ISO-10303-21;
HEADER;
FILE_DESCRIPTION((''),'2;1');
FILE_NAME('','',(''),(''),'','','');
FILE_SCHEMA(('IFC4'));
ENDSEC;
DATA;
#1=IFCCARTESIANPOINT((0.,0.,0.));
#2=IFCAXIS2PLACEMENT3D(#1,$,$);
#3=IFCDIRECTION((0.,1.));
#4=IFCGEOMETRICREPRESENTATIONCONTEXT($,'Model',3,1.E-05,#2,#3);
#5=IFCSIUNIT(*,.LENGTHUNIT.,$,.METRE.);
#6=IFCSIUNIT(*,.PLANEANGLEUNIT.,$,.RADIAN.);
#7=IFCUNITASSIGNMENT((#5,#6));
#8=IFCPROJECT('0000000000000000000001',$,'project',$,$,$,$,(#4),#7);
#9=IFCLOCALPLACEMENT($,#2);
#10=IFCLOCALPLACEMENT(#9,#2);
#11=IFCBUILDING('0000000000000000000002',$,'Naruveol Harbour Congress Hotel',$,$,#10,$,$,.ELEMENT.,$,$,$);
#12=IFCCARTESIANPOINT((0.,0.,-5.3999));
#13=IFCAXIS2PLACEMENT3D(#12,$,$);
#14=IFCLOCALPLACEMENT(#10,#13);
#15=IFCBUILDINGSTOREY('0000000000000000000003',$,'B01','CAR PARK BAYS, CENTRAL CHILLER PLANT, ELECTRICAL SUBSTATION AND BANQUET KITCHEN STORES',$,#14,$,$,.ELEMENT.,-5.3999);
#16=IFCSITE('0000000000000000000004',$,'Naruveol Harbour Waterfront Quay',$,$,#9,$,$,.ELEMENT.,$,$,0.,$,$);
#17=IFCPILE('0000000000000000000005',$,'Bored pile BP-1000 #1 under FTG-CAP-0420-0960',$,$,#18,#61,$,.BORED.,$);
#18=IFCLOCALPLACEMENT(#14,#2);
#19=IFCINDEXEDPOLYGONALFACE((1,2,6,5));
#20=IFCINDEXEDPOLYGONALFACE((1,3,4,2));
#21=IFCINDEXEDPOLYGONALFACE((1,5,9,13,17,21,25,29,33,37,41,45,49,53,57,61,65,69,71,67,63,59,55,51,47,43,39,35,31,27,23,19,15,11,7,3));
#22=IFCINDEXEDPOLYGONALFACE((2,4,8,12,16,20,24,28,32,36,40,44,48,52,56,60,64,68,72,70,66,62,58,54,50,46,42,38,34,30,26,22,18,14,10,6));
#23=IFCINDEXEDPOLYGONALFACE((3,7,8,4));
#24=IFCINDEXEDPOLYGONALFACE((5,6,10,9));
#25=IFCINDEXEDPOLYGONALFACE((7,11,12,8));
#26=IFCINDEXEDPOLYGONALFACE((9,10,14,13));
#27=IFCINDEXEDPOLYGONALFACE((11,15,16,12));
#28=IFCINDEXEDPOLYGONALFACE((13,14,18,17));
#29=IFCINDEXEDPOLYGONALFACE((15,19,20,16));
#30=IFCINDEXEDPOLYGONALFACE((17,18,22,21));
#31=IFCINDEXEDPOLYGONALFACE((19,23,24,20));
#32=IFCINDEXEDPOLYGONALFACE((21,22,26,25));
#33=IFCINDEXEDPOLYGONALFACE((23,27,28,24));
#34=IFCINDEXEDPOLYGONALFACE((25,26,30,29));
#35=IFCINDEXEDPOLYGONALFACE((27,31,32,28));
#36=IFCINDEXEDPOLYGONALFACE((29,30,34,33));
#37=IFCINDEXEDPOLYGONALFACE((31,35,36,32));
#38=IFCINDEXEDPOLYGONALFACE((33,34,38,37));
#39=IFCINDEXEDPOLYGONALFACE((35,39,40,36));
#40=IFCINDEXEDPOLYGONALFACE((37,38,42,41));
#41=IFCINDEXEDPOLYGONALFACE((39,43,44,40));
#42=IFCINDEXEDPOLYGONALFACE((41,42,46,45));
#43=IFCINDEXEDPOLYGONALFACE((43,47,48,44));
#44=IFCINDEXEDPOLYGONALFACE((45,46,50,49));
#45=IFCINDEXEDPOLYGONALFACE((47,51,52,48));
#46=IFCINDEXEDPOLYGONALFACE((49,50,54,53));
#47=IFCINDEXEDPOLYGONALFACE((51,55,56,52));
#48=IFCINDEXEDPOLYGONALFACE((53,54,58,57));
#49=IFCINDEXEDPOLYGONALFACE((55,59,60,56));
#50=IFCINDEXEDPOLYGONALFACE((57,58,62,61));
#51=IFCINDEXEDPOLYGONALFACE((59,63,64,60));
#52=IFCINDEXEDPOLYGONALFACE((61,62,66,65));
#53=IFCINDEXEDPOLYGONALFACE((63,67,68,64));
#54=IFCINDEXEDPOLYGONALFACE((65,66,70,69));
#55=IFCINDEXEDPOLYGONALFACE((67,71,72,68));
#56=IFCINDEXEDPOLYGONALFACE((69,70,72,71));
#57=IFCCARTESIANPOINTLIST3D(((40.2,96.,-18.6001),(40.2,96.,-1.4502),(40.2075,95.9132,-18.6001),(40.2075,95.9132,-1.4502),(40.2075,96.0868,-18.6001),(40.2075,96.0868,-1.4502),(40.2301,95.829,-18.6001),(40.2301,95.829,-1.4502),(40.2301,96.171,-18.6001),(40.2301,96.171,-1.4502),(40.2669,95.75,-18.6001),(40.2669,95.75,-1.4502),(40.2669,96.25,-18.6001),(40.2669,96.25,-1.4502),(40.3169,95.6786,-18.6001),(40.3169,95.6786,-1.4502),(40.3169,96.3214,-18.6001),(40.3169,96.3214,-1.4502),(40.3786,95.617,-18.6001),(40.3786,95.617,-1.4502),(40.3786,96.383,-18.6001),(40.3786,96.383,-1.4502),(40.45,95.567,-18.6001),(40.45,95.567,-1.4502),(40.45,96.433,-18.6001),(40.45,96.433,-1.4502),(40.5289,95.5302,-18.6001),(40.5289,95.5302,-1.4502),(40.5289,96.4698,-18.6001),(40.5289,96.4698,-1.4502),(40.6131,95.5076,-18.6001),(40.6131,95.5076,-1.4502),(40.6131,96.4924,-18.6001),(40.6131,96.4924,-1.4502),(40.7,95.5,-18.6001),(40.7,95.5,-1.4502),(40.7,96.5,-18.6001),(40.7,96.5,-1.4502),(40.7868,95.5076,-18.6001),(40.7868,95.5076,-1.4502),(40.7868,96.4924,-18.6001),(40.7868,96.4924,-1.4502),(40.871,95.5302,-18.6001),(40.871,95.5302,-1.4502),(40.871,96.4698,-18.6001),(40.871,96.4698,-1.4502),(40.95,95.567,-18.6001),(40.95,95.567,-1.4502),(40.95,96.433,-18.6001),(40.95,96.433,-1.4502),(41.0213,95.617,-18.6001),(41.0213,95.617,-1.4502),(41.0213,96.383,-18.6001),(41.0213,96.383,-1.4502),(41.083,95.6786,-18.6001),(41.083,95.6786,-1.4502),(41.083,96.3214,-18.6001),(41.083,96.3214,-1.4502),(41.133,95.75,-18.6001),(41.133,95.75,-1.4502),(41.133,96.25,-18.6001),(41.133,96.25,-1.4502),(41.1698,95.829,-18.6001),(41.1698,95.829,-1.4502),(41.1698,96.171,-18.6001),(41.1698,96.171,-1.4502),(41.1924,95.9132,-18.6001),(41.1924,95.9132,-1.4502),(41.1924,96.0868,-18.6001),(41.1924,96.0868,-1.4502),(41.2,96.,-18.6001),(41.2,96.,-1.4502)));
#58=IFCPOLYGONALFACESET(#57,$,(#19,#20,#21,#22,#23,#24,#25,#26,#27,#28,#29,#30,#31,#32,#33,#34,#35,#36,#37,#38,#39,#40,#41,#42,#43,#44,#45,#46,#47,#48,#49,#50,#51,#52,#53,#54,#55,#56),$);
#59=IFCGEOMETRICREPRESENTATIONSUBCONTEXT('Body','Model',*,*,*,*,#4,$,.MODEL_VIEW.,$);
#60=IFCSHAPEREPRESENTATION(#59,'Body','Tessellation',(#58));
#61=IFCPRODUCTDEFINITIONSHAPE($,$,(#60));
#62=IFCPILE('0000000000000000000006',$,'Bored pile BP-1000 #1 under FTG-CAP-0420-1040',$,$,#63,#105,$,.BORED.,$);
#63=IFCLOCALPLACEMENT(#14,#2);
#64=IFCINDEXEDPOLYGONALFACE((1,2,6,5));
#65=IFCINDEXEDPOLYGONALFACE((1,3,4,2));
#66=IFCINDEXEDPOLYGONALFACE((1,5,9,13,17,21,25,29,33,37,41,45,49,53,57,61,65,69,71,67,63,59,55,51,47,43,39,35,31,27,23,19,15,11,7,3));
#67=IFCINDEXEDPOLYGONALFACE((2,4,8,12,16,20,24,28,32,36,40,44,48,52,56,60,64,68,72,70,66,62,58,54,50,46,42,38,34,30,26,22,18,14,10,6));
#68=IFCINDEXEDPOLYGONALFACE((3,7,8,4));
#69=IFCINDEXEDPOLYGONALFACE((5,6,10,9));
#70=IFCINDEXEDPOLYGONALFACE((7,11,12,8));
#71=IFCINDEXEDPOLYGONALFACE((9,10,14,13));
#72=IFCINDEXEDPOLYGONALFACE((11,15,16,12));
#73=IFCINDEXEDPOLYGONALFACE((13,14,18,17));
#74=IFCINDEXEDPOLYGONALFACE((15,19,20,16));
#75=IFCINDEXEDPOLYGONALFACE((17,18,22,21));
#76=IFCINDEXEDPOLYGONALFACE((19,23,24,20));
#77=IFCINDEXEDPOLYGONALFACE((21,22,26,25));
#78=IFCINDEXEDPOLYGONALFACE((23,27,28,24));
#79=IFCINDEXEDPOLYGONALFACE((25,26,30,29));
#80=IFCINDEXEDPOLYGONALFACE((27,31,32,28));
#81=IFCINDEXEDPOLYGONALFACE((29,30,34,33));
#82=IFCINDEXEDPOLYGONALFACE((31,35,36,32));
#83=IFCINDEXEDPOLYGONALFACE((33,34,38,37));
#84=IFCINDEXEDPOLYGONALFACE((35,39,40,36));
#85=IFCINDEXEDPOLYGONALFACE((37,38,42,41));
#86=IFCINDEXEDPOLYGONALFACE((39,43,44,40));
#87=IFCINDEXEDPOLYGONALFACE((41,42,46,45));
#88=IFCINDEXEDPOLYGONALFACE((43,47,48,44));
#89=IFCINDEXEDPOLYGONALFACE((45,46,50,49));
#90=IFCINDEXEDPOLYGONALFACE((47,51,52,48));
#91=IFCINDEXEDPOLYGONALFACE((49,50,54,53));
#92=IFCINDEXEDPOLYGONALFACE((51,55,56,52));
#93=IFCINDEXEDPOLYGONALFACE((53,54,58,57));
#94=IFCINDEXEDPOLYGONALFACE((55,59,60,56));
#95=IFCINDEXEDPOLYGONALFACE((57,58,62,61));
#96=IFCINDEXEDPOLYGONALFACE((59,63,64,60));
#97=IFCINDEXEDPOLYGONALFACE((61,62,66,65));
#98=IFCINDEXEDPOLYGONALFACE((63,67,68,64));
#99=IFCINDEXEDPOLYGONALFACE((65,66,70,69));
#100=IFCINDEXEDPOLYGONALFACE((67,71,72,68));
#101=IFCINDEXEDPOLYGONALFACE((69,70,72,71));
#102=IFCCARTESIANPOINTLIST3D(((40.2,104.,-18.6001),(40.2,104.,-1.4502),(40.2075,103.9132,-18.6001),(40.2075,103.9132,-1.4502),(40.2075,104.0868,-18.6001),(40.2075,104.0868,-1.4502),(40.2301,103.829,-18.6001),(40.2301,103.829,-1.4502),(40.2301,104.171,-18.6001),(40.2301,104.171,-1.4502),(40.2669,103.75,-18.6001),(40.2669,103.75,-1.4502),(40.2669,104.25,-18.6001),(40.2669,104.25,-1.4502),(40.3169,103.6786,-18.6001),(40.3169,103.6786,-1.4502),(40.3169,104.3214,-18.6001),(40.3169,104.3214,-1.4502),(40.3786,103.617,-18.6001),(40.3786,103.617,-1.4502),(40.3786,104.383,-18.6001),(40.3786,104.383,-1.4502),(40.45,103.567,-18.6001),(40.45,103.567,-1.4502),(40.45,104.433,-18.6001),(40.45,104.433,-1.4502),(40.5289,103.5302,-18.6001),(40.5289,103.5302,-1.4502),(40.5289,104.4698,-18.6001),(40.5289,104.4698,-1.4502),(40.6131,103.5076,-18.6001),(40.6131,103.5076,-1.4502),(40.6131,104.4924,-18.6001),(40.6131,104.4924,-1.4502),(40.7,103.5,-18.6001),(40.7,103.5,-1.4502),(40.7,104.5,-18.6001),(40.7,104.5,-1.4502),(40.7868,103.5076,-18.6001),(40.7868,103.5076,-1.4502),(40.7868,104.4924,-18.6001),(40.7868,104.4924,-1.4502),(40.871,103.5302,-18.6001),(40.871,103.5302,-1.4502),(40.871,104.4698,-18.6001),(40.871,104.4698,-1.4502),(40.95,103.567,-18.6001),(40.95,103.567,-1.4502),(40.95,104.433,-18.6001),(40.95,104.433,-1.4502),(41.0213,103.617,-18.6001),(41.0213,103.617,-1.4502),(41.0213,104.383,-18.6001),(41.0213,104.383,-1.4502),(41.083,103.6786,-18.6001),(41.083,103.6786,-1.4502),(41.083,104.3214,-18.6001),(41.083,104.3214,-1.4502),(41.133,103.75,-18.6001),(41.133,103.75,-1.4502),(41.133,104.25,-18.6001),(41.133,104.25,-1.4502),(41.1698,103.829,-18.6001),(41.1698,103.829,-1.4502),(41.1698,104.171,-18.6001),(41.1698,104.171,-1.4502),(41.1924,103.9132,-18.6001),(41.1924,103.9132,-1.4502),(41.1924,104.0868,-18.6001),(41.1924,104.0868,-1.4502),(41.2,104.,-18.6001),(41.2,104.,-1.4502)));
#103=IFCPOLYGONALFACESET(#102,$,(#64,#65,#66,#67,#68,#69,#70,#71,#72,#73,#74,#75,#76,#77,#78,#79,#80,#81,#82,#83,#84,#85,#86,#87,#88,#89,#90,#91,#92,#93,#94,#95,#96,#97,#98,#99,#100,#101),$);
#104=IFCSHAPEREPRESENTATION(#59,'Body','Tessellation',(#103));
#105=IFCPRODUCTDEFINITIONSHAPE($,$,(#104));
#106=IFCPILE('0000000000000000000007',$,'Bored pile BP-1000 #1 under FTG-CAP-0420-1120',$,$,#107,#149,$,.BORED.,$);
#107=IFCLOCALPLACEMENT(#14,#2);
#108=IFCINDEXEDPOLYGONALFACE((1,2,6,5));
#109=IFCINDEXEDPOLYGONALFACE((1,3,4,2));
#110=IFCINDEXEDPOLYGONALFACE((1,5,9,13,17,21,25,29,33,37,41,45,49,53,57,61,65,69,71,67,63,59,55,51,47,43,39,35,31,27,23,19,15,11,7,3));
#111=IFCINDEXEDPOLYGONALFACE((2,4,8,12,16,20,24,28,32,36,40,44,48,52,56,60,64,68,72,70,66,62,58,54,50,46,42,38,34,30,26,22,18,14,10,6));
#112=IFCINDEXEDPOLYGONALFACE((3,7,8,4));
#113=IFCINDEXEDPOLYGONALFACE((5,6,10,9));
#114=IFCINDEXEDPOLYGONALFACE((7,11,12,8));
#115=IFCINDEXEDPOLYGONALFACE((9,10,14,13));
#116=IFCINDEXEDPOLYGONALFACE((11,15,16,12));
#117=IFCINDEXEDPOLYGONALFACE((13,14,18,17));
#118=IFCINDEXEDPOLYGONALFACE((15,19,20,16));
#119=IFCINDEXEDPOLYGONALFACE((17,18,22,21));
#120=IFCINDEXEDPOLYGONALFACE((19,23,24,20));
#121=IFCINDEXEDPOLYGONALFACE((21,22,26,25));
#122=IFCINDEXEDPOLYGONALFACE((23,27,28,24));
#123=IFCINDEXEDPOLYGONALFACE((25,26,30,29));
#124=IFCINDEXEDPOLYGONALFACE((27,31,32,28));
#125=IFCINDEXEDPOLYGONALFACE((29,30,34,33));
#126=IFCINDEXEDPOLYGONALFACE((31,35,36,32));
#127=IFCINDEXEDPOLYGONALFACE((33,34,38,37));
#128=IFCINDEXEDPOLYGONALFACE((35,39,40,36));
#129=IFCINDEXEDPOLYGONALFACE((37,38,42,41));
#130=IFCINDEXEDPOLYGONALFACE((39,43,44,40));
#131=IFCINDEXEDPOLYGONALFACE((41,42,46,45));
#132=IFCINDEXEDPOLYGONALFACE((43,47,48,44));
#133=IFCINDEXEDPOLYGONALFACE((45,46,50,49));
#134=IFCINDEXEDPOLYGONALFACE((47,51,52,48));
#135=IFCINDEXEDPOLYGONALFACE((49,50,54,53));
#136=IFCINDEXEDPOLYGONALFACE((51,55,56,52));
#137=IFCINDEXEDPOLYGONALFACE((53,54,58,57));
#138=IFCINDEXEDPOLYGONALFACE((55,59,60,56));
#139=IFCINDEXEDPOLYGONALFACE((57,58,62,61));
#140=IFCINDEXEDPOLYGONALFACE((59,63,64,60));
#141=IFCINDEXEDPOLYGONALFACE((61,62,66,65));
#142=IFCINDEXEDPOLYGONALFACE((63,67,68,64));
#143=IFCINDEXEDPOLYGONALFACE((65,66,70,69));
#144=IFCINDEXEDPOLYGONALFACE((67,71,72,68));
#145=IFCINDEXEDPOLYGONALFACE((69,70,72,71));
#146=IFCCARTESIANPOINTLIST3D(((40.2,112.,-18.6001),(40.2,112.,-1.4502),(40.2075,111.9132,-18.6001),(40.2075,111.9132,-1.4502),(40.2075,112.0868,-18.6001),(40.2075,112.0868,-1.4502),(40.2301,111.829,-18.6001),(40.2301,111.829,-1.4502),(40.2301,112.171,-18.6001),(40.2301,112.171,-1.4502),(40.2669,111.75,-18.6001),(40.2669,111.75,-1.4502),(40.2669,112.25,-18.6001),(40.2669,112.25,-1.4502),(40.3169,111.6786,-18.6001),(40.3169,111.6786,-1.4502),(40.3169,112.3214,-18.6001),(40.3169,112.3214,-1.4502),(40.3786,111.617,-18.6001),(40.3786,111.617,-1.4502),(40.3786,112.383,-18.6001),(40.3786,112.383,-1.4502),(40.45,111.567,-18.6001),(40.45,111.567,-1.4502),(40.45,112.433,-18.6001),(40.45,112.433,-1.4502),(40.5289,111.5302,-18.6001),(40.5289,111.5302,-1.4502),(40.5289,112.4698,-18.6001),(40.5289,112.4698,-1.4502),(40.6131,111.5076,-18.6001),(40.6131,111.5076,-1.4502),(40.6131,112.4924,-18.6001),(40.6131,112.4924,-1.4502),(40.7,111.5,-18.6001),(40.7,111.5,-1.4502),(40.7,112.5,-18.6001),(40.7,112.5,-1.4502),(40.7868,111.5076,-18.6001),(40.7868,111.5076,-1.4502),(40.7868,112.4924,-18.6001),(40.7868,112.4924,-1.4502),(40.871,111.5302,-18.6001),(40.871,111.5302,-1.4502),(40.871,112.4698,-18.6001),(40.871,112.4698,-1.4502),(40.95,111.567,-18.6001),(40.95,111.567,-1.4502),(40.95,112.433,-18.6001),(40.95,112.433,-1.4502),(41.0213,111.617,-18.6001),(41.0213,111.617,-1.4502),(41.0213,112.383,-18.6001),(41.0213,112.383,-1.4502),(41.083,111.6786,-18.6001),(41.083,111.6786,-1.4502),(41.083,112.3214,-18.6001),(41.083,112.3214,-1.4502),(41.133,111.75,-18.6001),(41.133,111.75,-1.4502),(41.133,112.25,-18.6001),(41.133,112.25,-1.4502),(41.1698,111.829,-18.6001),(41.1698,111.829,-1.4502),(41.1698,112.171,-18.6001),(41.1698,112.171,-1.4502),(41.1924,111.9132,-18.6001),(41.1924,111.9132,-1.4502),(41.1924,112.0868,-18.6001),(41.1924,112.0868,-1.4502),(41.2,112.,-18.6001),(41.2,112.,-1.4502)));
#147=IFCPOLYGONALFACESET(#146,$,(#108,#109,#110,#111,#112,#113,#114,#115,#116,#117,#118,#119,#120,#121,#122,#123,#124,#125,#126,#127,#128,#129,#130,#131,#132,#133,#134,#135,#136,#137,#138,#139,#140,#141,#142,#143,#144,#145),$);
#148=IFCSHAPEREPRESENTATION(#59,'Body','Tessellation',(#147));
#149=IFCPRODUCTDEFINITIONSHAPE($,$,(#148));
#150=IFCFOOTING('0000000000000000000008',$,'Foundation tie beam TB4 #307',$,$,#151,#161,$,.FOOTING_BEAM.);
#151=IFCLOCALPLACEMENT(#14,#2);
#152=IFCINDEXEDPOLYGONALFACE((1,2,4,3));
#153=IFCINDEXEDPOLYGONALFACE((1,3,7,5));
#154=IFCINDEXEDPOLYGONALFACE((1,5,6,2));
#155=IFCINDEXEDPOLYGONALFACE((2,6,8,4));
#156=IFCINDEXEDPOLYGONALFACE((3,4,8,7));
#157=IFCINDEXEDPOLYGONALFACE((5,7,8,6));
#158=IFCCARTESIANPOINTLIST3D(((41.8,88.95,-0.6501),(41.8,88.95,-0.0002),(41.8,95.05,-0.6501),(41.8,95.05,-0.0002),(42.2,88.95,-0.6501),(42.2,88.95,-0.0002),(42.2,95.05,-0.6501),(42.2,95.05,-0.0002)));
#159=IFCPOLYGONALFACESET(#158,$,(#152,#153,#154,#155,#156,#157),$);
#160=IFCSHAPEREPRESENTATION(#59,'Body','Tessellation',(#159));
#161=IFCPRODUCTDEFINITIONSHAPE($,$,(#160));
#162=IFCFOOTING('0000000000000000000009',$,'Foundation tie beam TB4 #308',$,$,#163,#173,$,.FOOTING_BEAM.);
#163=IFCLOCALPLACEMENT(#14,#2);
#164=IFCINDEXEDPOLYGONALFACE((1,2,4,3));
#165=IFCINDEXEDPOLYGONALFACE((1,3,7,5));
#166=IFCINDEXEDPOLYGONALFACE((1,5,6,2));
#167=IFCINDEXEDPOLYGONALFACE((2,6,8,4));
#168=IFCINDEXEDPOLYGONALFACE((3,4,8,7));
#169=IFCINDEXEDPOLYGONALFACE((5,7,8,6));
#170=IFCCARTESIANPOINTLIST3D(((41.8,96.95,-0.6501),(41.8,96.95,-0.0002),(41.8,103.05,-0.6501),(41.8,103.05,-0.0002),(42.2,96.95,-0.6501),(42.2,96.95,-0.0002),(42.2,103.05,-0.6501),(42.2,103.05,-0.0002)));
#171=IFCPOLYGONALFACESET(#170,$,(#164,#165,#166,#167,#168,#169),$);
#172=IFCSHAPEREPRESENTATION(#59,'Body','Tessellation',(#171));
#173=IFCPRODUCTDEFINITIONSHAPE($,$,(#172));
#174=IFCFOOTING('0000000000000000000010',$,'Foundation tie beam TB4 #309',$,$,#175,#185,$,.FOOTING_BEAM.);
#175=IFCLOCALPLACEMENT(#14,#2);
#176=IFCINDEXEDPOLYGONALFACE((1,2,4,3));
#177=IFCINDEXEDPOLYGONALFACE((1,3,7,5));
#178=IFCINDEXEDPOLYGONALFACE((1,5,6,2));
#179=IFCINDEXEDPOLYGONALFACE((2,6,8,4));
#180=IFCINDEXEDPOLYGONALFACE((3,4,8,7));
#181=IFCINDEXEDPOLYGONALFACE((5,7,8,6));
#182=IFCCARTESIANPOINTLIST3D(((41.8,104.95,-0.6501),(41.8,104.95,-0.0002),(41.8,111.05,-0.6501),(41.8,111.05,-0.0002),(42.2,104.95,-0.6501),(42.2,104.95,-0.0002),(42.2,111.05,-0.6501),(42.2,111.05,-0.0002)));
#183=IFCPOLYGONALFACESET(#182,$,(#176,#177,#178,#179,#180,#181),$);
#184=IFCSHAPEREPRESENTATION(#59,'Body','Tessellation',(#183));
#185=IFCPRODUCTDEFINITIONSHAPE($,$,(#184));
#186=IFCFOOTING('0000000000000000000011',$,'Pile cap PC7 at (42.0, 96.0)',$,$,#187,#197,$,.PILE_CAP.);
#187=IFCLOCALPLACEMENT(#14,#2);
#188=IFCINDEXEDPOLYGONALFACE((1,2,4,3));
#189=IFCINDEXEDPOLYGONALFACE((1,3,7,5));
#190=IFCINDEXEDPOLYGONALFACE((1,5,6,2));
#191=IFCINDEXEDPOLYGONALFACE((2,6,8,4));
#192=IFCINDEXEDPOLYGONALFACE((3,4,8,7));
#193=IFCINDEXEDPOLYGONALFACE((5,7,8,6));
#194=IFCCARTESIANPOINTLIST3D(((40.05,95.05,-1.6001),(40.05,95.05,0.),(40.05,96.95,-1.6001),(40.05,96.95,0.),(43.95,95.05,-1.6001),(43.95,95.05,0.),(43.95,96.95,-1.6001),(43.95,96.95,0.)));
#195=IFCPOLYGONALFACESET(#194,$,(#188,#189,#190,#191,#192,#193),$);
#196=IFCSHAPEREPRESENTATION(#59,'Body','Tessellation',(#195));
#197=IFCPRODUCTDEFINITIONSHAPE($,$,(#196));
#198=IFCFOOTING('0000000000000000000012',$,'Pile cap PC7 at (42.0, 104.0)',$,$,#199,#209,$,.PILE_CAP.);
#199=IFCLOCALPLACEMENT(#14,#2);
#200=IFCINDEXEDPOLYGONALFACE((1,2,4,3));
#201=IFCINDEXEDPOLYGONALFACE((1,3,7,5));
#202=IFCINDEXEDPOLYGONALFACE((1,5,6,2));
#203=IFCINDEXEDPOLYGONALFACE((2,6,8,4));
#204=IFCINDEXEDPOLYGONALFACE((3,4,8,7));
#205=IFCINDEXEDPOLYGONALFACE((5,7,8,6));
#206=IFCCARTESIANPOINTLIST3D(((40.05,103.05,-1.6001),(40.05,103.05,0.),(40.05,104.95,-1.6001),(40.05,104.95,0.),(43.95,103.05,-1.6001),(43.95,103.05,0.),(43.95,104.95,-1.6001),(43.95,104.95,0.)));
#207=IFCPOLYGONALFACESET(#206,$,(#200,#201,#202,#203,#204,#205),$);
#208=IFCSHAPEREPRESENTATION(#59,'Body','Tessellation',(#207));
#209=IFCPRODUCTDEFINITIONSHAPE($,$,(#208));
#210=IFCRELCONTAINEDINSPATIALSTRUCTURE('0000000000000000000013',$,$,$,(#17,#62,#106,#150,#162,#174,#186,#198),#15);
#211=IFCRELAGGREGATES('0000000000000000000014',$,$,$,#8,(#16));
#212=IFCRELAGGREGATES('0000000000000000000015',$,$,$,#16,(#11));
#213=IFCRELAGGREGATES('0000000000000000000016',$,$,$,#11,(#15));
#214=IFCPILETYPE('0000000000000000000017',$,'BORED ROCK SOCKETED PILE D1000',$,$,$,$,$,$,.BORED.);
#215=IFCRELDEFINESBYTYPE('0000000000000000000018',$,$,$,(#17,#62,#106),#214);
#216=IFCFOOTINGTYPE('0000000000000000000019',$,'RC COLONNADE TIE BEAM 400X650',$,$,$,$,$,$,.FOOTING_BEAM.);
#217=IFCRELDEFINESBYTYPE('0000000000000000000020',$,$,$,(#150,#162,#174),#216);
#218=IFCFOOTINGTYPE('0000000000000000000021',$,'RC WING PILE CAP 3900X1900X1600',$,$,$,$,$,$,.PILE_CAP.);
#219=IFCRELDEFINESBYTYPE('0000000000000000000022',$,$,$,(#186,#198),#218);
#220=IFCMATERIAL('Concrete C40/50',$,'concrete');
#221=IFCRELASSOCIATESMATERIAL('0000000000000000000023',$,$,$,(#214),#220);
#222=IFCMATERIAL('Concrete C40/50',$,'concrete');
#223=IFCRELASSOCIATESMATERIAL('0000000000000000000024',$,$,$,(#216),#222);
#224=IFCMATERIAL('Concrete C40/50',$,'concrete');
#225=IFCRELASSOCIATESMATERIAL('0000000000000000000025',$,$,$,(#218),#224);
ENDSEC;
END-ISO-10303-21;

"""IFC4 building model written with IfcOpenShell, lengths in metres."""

from ifc_helpers import new_model, si_unit, direction, frame, origin, origin_2d, place, context, subcontext, project, spatial, rectangle, circle, extrude, material, material_profile, profile_set, type_object, element, save


model = new_model("IFC4")

# Units and contexts
model_context = context("Model", 3, precision=1e-05, world=origin(), true_north=direction((0.0, 1.0)))
body_context = subcontext(model_context, "Body", "Model", "MODEL_VIEW")
ifc_project = project(units=[si_unit("LENGTHUNIT", "METRE"), si_unit("PLANEANGLEUNIT", "RADIAN")], contexts=[model_context])

# Site, building, storey
site_placement = place(None, origin())
site = spatial("IfcSite", under=ifc_project, at=site_placement, Name="Naruveol Harbour Waterfront Quay", CompositionType="ELEMENT", RefElevation=0.0)
building_placement = place(site_placement, origin())
building = spatial("IfcBuilding", under=site, at=building_placement, Name="Naruveol Harbour Congress Hotel", CompositionType="ELEMENT")
storey_placement = place(building_placement, frame((0.0, 0.0, -5.3999)))
storey = spatial("IfcBuildingStorey", under=building, at=storey_placement, Name="B01", Description="CAR PARK BAYS, CENTRAL CHILLER PLANT, ELECTRICAL SUBSTATION AND BANQUET KITCHEN STORES", CompositionType="ELEMENT", Elevation=-5.3999)

# Piles
ifc_material_1 = material(Name="Concrete C40/50", Category="concrete")
ifc_material_profile_1 = material_profile(ifc_material_1, circle(Radius=0.5, at=origin_2d()), Name="BP-1000")
ifc_profile_set_1 = profile_set([ifc_material_profile_1], Name="Concrete C40/50")
pile_type = type_object("IfcPileType", Name="BORED ROCK SOCKETED PILE D1000", PredefinedType="BORED", material=ifc_profile_set_1)
for number, where, z_axis, x_axis, name in (
    (1, (40.7, 96.0, -1.4502), (0.0, 0.0, -1.0), (1.0, 0.0, 0.0), "Bored pile BP-1000 #1 under FTG-CAP-0420-0960"),
    (2, (40.7, 104.0, -1.4502), (0.0, 0.0, -1.0), (1.0, 0.0, 0.0), "Bored pile BP-1000 #1 under FTG-CAP-0420-1040"),
    (3, (40.7, 112.0, -1.4502), (0.0, 0.0, -1.0), (1.0, 0.0, 0.0), "Bored pile BP-1000 #1 under FTG-CAP-0420-1120"),
):
    element("IfcPile", number, at=place(storey_placement, frame(where, z_axis=z_axis, x_axis=x_axis)), inside=storey, type_object=pile_type, Name=name, PredefinedType="BORED", context=body_context, shape_type="SweptSolid", body=[
        extrude(circle(Radius=0.5, at=origin_2d()), origin(), (0.0, 0.0, 1.0), 17.1499),
    ])

# Footings
ifc_material_2 = material(Name="Concrete C40/50", Category="concrete")
ifc_material_profile_2 = material_profile(ifc_material_2, rectangle(XDim=0.3999, YDim=0.6499, at=origin_2d()), Name="RCB-400x650")
ifc_profile_set_2 = profile_set([ifc_material_profile_2], Name="Concrete C40/50")
footing_type_1 = type_object("IfcFootingType", Name="RC COLONNADE TIE BEAM 400X650", PredefinedType="FOOTING_BEAM", material=ifc_profile_set_2)
for number, where, z_axis, x_axis, name in (
    (4, (42.0, 88.95, -0.3252), (0.0, 1.0, 0.0), (-1.0, 0.0, 0.0), "Foundation tie beam TB4 #307"),
    (5, (42.0, 96.95, -0.3252), (0.0, 1.0, 0.0), (-1.0, 0.0, 0.0), "Foundation tie beam TB4 #308"),
    (6, (42.0, 104.95, -0.3252), (0.0, 1.0, 0.0), (-1.0, 0.0, 0.0), "Foundation tie beam TB4 #309"),
):
    element("IfcFooting", number, at=place(storey_placement, frame(where, z_axis=z_axis, x_axis=x_axis)), inside=storey, type_object=footing_type_1, Name=name, PredefinedType="FOOTING_BEAM", context=body_context, shape_type="SweptSolid", body=[
        extrude(rectangle(XDim=0.3999, YDim=0.6499, at=origin_2d()), origin(), (0.0, 0.0, 1.0), 6.1001),
    ])
ifc_material_3 = material(Name="Concrete C40/50", Category="concrete")
footing_type_2 = type_object("IfcFootingType", Name="RC WING PILE CAP 3900X1900X1600", PredefinedType="PILE_CAP", material=ifc_material_3)
for number, where, z_axis, x_axis, name in (
    (7, (42.0, 96.0, -1.6001), (0.0, 0.0, 1.0), (1.0, 0.0, 0.0), "Pile cap PC7 at (42.0, 96.0)"),
    (8, (42.0, 104.0, -1.6001), (0.0, 0.0, 1.0), (1.0, 0.0, 0.0), "Pile cap PC7 at (42.0, 104.0)"),
):
    element("IfcFooting", number, at=place(storey_placement, frame(where, z_axis=z_axis, x_axis=x_axis)), inside=storey, type_object=footing_type_2, Name=name, PredefinedType="PILE_CAP", context=body_context, shape_type="SweptSolid", body=[
        extrude(rectangle(XDim=3.8999, YDim=1.8999, at=origin_2d()), origin(), (0.0, 0.0, 1.0), 1.6001),
    ])

save(model, "model.ifc")
